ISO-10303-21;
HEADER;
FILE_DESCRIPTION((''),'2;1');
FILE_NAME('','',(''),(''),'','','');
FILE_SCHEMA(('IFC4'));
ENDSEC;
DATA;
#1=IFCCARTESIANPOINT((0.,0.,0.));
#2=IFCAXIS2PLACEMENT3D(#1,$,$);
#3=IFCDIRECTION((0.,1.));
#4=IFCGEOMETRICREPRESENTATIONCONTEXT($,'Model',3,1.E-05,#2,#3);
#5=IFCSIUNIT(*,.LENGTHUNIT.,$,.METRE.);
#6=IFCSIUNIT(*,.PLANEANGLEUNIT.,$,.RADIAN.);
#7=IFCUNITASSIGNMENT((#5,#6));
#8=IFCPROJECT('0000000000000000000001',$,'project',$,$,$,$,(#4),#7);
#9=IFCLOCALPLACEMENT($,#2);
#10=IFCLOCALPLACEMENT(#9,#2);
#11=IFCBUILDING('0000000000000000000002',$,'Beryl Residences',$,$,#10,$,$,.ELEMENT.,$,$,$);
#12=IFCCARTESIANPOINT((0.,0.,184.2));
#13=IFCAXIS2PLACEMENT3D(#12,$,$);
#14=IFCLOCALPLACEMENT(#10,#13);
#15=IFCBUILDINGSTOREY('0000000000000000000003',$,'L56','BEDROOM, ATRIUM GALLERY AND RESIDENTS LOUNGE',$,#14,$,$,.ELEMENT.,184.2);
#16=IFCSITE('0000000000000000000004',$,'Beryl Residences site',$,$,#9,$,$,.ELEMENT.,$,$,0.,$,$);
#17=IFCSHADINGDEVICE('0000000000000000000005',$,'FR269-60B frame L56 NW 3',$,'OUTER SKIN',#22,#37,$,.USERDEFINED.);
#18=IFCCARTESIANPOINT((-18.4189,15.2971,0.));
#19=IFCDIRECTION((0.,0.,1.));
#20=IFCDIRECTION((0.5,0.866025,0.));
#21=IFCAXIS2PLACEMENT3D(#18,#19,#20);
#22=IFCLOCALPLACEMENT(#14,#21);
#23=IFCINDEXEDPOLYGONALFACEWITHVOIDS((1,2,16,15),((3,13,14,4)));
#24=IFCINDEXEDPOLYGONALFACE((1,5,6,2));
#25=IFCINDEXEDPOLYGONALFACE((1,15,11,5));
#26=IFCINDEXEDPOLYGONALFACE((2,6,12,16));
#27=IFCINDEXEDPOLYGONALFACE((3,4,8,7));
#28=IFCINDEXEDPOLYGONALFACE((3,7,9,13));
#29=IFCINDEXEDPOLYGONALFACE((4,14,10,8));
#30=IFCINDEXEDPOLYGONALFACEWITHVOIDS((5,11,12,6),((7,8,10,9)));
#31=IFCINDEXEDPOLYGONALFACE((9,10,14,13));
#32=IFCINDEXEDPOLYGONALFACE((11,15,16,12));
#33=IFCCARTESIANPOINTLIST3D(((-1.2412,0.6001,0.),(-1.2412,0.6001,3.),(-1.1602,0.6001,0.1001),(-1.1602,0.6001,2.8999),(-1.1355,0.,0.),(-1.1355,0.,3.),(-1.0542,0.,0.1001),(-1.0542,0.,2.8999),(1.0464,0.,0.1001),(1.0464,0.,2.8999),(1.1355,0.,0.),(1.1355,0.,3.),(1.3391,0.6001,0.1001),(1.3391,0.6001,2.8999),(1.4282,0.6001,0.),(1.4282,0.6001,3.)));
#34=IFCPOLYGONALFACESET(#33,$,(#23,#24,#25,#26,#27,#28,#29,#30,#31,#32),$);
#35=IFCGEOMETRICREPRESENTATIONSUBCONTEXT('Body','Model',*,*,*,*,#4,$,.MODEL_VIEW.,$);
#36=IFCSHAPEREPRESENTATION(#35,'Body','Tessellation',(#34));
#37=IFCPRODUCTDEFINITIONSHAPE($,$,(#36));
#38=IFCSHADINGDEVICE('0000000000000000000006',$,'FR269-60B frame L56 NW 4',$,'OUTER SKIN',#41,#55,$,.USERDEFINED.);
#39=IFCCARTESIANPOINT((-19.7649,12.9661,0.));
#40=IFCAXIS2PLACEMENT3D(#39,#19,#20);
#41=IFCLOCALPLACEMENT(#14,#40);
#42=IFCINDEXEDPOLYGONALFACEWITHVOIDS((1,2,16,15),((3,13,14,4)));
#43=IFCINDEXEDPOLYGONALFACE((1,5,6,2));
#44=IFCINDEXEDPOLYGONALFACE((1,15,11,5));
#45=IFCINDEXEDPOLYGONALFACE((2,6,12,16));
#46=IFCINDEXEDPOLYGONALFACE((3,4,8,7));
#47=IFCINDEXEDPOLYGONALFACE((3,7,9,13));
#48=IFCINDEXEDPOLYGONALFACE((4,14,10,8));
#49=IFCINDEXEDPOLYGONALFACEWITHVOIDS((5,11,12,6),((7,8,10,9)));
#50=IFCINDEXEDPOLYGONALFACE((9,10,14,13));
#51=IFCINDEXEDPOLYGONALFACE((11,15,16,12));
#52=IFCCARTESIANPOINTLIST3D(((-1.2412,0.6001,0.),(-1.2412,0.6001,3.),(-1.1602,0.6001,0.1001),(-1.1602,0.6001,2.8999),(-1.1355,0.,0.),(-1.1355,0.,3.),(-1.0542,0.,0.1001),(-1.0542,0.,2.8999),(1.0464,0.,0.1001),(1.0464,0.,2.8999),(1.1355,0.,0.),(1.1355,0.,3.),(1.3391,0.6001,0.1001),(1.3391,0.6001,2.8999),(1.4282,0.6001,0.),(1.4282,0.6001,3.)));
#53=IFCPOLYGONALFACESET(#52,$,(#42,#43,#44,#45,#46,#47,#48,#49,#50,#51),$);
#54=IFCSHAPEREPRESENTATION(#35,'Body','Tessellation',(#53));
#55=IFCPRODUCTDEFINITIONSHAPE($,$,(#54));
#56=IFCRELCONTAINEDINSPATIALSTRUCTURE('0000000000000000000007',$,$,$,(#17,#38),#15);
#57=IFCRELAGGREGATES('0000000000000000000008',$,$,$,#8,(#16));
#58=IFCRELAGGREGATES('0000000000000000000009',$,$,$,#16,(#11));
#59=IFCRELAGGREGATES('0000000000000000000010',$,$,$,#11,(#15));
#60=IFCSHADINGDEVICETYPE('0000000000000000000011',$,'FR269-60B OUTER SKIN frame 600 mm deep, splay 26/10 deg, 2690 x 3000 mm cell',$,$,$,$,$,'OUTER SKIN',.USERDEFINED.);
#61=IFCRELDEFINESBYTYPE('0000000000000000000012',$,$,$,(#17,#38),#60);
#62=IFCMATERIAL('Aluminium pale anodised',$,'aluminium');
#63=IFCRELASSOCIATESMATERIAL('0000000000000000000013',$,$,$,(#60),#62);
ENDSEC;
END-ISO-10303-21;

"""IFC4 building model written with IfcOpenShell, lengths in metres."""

from ifc_helpers import new_model, entity, si_unit, direction, frame, origin, place, context, subcontext, project, spatial, source, transform, mapped, material, type_object, type_shapes, element, save


model = new_model("IFC4")

# Units and contexts
model_context = context("Model", 3, precision=1e-05, world=origin(), true_north=direction((0.0, 1.0)))
body_context = subcontext(model_context, "Body", "Model", "MODEL_VIEW")
ifc_project = project(units=[si_unit("LENGTHUNIT", "METRE"), si_unit("PLANEANGLEUNIT", "RADIAN")], contexts=[model_context])

# Site, building, storey
site_placement = place(None, origin())
site = spatial("IfcSite", under=ifc_project, at=site_placement, Name="Beryl Residences site", CompositionType="ELEMENT", RefElevation=0.0)
building_placement = place(site_placement, origin())
building = spatial("IfcBuilding", under=site, at=building_placement, Name="Beryl Residences", CompositionType="ELEMENT")
storey_placement = place(building_placement, frame((0.0, 0.0, 184.2)))
storey = spatial("IfcBuildingStorey", under=building, at=storey_placement, Name="L56", Description="BEDROOM, ATRIUM GALLERY AND RESIDENTS LOUNGE", CompositionType="ELEMENT", Elevation=184.2)

# Shading devices
ifc_material_1 = material(Name="Aluminium pale anodised", Category="aluminium")
shading_device_type = type_object("IfcShadingDeviceType", Name="FR269-60B OUTER SKIN frame 600 mm deep, splay 26/10 deg, 2690 x 3000 mm cell", ElementType="OUTER SKIN", PredefinedType="USERDEFINED", material=ifc_material_1)
cartesian_point_1 = entity("IfcCartesianPoint", [-1.1355, 0.0])
cartesian_point_2 = entity("IfcCartesianPoint", [-1.0464, 0.1001])
cartesian_point_3 = entity("IfcCartesianPoint", [-1.4282, 0.0])
cartesian_point_4 = entity("IfcCartesianPoint", [-1.3391, 0.1001])
shared_shape_1 = source(origin(), body_context, "Body", "SweptSolid", [
    entity("IfcExtrudedAreaSolidTapered", entity("IfcArbitraryProfileDefWithVoids", "AREA", None, entity("IfcPolyline", [cartesian_point_1, entity("IfcCartesianPoint", [1.1355, 0.0]), entity("IfcCartesianPoint", [1.1355, 3.0]), entity("IfcCartesianPoint", [-1.1355, 3.0]), cartesian_point_1]), [entity("IfcPolyline", [cartesian_point_2, entity("IfcCartesianPoint", [1.0542, 0.1001]), entity("IfcCartesianPoint", [1.0542, 2.8999]), entity("IfcCartesianPoint", [-1.0464, 2.8999]), cartesian_point_2])]), entity("IfcAxis2Placement3D", entity("IfcCartesianPoint", [0.0, 0.0, 0.0]), entity("IfcDirection", [0.0, 1.0, 0.0]), entity("IfcDirection", [-1.0, 0.0, 0.0])), entity("IfcDirection", [0.0, 0.0, 1.0]), 0.6001, entity("IfcArbitraryProfileDefWithVoids", "AREA", None, entity("IfcPolyline", [cartesian_point_3, entity("IfcCartesianPoint", [1.2412, 0.0]), entity("IfcCartesianPoint", [1.2412, 3.0]), entity("IfcCartesianPoint", [-1.4282, 3.0]), cartesian_point_3]), [entity("IfcPolyline", [cartesian_point_4, entity("IfcCartesianPoint", [1.1602, 0.1001]), entity("IfcCartesianPoint", [1.1602, 2.8999]), entity("IfcCartesianPoint", [-1.3391, 2.8999]), cartesian_point_4])])),
])
type_shapes(shading_device_type, [shared_shape_1])
for number, where, z_axis, x_axis, name in (
    (1, (-18.4189, 15.2971, 0.0), (0.0, 0.0, 1.0), (0.5, 0.866025, 0.0), "FR269-60B frame L56 NW 3"),
    (2, (-19.7649, 12.9661, 0.0), (0.0, 0.0, 1.0), (0.5, 0.866025, 0.0), "FR269-60B frame L56 NW 4"),
):
    element("IfcShadingDevice", number, at=place(storey_placement, frame(where, z_axis=z_axis, x_axis=x_axis)), inside=storey, type_object=shading_device_type, Name=name, ObjectType="OUTER SKIN", PredefinedType="USERDEFINED", context=body_context, shape_type="MappedRepresentation", body=[
        mapped(shared_shape_1, transform((0.0, 0.0, 0.0))),
    ])

save(model, "model.ifc")
